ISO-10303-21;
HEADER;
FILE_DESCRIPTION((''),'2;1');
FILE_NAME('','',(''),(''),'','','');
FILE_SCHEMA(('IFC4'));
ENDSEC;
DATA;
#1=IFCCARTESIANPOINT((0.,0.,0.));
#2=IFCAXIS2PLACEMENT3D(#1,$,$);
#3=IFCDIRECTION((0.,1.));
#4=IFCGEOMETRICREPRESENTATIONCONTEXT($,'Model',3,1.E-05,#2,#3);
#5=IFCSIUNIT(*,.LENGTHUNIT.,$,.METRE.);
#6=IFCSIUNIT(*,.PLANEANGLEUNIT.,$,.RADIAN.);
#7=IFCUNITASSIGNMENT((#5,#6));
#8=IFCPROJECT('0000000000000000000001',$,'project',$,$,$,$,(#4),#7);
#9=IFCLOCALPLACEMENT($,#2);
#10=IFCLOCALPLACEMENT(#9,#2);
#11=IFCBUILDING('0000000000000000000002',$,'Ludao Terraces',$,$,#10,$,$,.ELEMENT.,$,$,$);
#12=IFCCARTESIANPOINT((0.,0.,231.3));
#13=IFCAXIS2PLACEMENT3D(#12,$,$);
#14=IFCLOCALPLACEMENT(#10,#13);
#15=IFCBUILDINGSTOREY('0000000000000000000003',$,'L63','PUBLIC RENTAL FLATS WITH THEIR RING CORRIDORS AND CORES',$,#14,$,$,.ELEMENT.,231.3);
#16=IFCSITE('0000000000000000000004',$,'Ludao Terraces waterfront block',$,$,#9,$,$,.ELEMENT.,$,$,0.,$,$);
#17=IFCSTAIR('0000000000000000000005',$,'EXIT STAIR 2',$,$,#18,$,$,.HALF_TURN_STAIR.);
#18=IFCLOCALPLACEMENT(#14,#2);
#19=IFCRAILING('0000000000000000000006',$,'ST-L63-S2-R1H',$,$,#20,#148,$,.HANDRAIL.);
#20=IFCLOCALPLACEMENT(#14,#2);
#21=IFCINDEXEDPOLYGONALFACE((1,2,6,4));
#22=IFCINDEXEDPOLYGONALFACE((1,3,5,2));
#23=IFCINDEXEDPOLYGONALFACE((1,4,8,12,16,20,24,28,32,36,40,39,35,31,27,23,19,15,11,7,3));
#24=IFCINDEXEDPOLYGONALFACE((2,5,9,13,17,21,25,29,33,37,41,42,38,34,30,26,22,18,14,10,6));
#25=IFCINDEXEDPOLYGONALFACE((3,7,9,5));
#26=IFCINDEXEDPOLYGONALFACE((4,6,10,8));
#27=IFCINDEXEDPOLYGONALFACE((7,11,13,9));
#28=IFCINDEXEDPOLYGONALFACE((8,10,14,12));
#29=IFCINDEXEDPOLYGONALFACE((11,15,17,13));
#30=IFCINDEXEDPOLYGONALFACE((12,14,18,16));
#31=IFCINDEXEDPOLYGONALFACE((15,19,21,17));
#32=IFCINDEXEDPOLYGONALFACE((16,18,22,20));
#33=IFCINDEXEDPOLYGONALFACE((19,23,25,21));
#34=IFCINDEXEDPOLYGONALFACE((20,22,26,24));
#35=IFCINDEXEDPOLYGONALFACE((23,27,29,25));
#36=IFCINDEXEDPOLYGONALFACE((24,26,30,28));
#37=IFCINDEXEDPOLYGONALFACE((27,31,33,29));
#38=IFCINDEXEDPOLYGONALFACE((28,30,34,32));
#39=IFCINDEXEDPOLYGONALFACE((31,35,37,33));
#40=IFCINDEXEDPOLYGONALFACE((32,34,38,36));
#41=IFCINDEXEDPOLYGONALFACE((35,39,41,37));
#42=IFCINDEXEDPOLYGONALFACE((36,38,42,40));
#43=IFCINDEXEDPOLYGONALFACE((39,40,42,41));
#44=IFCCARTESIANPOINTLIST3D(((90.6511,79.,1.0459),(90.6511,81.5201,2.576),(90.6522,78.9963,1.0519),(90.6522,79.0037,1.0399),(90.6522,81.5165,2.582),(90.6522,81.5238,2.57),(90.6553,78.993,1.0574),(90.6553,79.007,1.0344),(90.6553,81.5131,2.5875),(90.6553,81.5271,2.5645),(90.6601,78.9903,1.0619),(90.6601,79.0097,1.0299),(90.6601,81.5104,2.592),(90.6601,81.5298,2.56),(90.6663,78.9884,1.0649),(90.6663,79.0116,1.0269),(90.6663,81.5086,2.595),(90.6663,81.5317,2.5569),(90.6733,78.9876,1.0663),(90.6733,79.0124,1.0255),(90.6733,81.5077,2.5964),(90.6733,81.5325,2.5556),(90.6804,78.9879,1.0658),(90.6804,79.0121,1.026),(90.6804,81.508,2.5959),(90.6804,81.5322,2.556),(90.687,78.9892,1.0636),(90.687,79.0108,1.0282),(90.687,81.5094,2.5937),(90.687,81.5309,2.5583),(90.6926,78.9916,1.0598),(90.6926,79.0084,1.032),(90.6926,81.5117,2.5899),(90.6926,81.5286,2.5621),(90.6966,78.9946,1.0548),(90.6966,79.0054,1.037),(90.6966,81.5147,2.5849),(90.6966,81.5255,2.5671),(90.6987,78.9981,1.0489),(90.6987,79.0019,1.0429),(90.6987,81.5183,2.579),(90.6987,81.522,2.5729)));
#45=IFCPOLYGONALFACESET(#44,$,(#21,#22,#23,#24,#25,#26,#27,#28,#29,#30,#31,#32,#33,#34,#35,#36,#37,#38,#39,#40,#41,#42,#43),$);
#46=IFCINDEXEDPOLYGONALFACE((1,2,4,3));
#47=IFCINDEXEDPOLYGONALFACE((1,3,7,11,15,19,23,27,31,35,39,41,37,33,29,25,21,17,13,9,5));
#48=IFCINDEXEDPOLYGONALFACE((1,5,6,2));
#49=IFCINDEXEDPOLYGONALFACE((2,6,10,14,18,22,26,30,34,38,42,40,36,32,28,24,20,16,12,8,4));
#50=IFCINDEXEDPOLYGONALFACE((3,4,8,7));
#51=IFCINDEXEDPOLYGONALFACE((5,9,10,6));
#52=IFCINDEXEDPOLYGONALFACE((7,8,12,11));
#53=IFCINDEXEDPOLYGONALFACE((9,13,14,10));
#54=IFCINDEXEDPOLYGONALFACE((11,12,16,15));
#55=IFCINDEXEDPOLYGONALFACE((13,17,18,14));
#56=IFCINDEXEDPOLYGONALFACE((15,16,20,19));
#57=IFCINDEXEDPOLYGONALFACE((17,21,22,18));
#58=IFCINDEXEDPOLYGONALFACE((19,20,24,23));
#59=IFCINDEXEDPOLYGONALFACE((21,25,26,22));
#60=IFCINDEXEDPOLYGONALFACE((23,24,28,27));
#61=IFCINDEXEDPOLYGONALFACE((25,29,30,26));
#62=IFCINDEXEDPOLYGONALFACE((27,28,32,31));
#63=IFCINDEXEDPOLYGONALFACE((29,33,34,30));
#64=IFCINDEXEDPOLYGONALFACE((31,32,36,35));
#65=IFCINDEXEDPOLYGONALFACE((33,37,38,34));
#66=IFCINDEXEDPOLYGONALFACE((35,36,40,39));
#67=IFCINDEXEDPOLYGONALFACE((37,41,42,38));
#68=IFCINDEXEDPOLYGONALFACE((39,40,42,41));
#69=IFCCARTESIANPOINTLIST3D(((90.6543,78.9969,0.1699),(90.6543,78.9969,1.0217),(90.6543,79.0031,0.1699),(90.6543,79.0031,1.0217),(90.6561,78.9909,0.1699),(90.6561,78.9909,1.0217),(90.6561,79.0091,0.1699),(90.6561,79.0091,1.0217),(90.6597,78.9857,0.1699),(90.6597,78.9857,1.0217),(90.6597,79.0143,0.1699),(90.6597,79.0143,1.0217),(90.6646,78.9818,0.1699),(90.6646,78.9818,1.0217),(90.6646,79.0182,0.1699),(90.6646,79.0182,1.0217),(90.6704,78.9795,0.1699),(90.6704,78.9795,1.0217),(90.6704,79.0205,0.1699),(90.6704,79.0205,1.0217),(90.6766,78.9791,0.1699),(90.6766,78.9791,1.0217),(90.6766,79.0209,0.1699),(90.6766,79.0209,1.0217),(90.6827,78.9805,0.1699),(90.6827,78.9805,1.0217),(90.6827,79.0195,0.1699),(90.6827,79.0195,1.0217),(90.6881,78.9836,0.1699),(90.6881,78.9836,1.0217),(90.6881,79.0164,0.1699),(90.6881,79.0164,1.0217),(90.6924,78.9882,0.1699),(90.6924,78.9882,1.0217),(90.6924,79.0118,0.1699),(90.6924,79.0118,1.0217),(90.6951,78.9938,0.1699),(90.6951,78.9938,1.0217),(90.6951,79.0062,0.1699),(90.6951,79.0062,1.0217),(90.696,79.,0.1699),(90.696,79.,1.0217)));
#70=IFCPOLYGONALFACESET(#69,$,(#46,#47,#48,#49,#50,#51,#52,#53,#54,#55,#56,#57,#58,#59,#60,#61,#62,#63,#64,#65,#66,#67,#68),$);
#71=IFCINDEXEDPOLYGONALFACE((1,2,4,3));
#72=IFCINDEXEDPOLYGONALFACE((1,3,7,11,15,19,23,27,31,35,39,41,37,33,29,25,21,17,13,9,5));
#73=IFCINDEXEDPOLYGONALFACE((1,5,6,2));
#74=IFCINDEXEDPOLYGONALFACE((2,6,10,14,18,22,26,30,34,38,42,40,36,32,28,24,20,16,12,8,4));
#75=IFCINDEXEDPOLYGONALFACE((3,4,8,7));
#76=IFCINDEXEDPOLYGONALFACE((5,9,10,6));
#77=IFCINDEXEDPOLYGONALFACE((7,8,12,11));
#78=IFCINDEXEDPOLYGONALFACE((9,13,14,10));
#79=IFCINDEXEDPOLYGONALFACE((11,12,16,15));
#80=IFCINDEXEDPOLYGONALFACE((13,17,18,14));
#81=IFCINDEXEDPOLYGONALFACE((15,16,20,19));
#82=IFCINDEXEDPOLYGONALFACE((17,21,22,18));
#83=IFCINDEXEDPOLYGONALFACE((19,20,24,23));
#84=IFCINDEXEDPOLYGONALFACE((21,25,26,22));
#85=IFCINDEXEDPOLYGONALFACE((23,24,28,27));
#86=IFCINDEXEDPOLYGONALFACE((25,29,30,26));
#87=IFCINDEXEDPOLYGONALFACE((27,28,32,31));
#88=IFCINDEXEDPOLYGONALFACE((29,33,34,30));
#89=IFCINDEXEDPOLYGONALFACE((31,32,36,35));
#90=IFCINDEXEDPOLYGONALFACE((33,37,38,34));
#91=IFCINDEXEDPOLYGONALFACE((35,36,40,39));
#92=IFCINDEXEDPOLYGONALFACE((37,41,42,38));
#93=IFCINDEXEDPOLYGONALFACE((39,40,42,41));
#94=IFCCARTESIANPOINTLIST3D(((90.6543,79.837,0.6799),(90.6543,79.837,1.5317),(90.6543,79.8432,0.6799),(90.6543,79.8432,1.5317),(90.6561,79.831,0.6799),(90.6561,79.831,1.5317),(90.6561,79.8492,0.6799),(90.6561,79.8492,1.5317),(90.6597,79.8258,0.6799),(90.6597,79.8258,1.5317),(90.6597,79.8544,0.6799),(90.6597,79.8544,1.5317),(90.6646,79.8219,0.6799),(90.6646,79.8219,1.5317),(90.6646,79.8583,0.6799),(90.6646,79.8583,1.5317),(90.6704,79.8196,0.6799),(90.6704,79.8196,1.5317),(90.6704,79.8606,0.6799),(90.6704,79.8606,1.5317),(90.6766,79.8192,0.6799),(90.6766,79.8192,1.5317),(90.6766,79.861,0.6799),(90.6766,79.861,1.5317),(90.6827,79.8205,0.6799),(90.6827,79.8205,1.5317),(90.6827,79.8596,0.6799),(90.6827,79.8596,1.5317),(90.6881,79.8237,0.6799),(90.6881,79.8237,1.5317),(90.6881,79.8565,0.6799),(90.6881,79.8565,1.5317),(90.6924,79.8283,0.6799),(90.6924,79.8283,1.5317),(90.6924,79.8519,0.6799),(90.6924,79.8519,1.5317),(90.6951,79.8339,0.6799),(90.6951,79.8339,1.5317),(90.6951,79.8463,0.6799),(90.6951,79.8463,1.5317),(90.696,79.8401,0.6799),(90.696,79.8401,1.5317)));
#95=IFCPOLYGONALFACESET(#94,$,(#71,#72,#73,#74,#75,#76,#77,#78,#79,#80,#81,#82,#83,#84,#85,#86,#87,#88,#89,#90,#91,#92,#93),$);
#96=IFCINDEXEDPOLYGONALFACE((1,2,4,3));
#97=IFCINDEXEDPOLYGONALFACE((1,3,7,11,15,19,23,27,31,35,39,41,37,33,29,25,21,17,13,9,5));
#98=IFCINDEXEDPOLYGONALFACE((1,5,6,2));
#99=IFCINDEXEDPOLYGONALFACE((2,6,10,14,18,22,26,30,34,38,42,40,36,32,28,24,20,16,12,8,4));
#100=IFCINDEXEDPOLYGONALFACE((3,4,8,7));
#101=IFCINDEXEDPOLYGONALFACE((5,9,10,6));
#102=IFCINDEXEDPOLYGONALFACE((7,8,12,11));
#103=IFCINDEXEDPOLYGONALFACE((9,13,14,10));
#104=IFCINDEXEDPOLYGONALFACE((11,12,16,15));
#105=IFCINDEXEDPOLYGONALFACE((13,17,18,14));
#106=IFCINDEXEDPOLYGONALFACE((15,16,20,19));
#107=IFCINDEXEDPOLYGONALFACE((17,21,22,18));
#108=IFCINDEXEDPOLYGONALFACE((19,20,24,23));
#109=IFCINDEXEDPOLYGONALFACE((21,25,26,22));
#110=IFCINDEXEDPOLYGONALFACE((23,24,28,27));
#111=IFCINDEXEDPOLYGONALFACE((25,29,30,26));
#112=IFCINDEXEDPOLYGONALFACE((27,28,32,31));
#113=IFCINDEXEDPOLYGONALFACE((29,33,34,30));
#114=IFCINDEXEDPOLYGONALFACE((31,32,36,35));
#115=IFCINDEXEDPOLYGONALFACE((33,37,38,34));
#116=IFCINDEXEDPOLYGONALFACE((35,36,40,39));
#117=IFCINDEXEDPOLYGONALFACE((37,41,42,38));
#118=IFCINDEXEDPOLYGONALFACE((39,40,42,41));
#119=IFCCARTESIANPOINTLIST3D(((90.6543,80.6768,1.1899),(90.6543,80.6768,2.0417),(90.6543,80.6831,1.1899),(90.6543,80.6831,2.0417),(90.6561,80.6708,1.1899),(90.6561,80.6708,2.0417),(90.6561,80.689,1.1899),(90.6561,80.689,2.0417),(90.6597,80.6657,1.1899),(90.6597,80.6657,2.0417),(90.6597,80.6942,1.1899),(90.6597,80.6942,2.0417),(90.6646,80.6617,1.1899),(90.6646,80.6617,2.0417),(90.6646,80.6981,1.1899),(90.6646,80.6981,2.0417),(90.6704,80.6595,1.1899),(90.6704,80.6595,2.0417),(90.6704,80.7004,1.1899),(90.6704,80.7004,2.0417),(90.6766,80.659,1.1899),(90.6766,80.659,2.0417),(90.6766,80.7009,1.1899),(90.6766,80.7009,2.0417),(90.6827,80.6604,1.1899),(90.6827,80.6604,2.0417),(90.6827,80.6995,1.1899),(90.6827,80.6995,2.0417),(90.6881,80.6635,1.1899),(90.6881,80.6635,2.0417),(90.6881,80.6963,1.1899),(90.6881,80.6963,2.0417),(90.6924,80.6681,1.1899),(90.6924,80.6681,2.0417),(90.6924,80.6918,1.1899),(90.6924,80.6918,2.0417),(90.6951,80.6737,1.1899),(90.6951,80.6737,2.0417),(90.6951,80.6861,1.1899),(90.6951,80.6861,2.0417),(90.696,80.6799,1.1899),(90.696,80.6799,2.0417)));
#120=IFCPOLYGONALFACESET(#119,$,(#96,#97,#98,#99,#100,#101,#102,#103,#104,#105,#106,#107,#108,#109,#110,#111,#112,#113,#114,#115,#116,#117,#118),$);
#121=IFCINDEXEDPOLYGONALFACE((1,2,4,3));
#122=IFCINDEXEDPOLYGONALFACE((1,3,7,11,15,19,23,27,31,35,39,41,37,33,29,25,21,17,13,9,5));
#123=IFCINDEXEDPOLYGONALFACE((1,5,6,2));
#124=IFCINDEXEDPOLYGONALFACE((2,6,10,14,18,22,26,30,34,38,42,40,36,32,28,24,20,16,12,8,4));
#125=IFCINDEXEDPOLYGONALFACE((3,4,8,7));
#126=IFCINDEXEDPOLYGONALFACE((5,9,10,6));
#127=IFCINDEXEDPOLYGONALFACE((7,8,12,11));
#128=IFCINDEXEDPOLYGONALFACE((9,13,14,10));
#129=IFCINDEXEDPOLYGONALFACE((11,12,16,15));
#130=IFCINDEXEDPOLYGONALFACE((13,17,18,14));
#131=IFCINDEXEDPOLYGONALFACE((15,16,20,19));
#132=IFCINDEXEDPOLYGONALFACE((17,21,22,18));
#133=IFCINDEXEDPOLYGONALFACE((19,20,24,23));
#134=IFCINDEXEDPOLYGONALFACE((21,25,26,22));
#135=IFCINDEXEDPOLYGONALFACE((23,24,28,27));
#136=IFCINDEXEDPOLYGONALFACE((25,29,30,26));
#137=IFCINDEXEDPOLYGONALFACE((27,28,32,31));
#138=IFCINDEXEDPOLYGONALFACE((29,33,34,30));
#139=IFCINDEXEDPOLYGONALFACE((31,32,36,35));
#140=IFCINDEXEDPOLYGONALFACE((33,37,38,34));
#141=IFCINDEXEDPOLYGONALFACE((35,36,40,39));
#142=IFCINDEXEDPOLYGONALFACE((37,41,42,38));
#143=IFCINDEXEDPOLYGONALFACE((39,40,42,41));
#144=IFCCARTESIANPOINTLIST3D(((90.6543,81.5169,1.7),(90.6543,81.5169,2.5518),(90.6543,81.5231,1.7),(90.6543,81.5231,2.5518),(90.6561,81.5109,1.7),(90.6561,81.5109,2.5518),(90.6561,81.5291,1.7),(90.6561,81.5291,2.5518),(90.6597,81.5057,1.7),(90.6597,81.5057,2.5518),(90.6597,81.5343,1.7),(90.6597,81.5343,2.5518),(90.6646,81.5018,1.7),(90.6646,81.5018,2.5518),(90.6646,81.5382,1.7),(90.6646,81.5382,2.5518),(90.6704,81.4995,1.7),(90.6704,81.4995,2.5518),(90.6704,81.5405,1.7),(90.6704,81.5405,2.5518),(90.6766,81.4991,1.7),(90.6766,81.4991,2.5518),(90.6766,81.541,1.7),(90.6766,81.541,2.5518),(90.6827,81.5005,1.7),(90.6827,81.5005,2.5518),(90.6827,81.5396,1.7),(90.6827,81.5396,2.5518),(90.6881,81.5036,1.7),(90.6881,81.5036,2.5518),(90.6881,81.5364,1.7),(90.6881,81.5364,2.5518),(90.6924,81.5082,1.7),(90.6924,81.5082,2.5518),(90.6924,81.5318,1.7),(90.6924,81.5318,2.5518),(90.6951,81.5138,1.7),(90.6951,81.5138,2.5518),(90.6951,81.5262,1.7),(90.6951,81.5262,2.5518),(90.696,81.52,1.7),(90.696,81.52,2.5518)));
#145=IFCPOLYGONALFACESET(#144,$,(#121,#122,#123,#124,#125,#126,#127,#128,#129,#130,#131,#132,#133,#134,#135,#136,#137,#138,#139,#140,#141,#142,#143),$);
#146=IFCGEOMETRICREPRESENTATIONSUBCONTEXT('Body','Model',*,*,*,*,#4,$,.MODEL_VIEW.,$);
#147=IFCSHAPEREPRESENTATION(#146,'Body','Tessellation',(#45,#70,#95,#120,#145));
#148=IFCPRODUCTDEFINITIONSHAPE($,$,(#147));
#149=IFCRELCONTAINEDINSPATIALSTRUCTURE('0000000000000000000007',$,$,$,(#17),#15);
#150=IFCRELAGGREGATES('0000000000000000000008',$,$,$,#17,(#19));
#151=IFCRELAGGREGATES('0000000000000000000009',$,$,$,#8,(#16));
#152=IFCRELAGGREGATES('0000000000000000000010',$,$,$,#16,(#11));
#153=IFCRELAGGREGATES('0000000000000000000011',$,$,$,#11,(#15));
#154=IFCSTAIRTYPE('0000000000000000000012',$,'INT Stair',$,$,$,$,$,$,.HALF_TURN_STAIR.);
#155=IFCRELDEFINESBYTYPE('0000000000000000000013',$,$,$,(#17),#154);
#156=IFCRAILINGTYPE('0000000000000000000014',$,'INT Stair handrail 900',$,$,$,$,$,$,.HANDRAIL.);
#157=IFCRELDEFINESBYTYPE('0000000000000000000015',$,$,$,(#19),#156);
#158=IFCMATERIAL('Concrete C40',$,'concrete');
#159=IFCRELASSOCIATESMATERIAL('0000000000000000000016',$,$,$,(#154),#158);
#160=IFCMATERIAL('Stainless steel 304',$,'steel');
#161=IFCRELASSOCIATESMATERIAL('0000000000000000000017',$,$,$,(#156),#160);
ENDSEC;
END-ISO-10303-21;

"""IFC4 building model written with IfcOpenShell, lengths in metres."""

from ifc_helpers import new_model, si_unit, direction, frame, origin, origin_2d, place, context, subcontext, project, spatial, circle, extrude, material, type_object, element, aggregate, save


model = new_model("IFC4")

# Units and contexts
model_context = context("Model", 3, precision=1e-05, world=origin(), true_north=direction((0.0, 1.0)))
body_context = subcontext(model_context, "Body", "Model", "MODEL_VIEW")
ifc_project = project(units=[si_unit("LENGTHUNIT", "METRE"), si_unit("PLANEANGLEUNIT", "RADIAN")], contexts=[model_context])

# Site, building, storey
site_placement = place(None, origin())
site = spatial("IfcSite", under=ifc_project, at=site_placement, Name="Ludao Terraces waterfront block", CompositionType="ELEMENT", RefElevation=0.0)
building_placement = place(site_placement, origin())
building = spatial("IfcBuilding", under=site, at=building_placement, Name="Ludao Terraces", CompositionType="ELEMENT")
storey_placement = place(building_placement, frame((0.0, 0.0, 231.3)))
storey = spatial("IfcBuildingStorey", under=building, at=storey_placement, Name="L63", Description="PUBLIC RENTAL FLATS WITH THEIR RING CORRIDORS AND CORES", CompositionType="ELEMENT", Elevation=231.3)

# Shared definitions
ifc_material_1 = material(Name="Stainless steel 304", Category="steel")

# Stair, railing
ifc_material_2 = material(Name="Concrete C40", Category="concrete")
stair_type = type_object("IfcStairType", Name="INT Stair", PredefinedType="HALF_TURN_STAIR", material=ifc_material_2)
stair_placement = place(storey_placement, origin())
stair = element("IfcStair", 1, at=stair_placement, inside=storey, type_object=stair_type, Name="EXIT STAIR 2", PredefinedType="HALF_TURN_STAIR")
railing_type_1 = type_object("IfcRailingType", Name="INT Stair handrail 900", PredefinedType="HANDRAIL", material=ifc_material_1)
railing_1_placement = place(storey_placement, frame((90.675, 79.0, 0.1699)))
railing_1 = element("IfcRailing", 2, at=railing_1_placement, type_object=railing_type_1, Name="ST-L63-S2-R1H", PredefinedType="HANDRAIL", context=body_context, shape_type="SweptSolid", body=[
    extrude(circle(Radius=0.0239, at=origin_2d()), frame((0.0, 0.0, 0.876), z_axis=(0.0, 0.854785, 0.518982), x_axis=(-1.0, 0.0, 0.0)), (0.0, 0.0, 1.0), 2.9482),
    extrude(circle(Radius=0.021, at=origin_2d()), origin(), (0.0, 0.0, 1.0), 0.8518),
    extrude(circle(Radius=0.021, at=origin_2d()), frame((0.0, 0.8401, 0.51)), (0.0, 0.0, 1.0), 0.8518),
    extrude(circle(Radius=0.021, at=origin_2d()), frame((0.0, 1.6799, 1.02)), (0.0, 0.0, 1.0), 0.8518),
    extrude(circle(Radius=0.021, at=origin_2d()), frame((0.0, 2.52, 1.53)), (0.0, 0.0, 1.0), 0.8518),
])
aggregate(stair, [railing_1])

save(model, "model.ifc")
